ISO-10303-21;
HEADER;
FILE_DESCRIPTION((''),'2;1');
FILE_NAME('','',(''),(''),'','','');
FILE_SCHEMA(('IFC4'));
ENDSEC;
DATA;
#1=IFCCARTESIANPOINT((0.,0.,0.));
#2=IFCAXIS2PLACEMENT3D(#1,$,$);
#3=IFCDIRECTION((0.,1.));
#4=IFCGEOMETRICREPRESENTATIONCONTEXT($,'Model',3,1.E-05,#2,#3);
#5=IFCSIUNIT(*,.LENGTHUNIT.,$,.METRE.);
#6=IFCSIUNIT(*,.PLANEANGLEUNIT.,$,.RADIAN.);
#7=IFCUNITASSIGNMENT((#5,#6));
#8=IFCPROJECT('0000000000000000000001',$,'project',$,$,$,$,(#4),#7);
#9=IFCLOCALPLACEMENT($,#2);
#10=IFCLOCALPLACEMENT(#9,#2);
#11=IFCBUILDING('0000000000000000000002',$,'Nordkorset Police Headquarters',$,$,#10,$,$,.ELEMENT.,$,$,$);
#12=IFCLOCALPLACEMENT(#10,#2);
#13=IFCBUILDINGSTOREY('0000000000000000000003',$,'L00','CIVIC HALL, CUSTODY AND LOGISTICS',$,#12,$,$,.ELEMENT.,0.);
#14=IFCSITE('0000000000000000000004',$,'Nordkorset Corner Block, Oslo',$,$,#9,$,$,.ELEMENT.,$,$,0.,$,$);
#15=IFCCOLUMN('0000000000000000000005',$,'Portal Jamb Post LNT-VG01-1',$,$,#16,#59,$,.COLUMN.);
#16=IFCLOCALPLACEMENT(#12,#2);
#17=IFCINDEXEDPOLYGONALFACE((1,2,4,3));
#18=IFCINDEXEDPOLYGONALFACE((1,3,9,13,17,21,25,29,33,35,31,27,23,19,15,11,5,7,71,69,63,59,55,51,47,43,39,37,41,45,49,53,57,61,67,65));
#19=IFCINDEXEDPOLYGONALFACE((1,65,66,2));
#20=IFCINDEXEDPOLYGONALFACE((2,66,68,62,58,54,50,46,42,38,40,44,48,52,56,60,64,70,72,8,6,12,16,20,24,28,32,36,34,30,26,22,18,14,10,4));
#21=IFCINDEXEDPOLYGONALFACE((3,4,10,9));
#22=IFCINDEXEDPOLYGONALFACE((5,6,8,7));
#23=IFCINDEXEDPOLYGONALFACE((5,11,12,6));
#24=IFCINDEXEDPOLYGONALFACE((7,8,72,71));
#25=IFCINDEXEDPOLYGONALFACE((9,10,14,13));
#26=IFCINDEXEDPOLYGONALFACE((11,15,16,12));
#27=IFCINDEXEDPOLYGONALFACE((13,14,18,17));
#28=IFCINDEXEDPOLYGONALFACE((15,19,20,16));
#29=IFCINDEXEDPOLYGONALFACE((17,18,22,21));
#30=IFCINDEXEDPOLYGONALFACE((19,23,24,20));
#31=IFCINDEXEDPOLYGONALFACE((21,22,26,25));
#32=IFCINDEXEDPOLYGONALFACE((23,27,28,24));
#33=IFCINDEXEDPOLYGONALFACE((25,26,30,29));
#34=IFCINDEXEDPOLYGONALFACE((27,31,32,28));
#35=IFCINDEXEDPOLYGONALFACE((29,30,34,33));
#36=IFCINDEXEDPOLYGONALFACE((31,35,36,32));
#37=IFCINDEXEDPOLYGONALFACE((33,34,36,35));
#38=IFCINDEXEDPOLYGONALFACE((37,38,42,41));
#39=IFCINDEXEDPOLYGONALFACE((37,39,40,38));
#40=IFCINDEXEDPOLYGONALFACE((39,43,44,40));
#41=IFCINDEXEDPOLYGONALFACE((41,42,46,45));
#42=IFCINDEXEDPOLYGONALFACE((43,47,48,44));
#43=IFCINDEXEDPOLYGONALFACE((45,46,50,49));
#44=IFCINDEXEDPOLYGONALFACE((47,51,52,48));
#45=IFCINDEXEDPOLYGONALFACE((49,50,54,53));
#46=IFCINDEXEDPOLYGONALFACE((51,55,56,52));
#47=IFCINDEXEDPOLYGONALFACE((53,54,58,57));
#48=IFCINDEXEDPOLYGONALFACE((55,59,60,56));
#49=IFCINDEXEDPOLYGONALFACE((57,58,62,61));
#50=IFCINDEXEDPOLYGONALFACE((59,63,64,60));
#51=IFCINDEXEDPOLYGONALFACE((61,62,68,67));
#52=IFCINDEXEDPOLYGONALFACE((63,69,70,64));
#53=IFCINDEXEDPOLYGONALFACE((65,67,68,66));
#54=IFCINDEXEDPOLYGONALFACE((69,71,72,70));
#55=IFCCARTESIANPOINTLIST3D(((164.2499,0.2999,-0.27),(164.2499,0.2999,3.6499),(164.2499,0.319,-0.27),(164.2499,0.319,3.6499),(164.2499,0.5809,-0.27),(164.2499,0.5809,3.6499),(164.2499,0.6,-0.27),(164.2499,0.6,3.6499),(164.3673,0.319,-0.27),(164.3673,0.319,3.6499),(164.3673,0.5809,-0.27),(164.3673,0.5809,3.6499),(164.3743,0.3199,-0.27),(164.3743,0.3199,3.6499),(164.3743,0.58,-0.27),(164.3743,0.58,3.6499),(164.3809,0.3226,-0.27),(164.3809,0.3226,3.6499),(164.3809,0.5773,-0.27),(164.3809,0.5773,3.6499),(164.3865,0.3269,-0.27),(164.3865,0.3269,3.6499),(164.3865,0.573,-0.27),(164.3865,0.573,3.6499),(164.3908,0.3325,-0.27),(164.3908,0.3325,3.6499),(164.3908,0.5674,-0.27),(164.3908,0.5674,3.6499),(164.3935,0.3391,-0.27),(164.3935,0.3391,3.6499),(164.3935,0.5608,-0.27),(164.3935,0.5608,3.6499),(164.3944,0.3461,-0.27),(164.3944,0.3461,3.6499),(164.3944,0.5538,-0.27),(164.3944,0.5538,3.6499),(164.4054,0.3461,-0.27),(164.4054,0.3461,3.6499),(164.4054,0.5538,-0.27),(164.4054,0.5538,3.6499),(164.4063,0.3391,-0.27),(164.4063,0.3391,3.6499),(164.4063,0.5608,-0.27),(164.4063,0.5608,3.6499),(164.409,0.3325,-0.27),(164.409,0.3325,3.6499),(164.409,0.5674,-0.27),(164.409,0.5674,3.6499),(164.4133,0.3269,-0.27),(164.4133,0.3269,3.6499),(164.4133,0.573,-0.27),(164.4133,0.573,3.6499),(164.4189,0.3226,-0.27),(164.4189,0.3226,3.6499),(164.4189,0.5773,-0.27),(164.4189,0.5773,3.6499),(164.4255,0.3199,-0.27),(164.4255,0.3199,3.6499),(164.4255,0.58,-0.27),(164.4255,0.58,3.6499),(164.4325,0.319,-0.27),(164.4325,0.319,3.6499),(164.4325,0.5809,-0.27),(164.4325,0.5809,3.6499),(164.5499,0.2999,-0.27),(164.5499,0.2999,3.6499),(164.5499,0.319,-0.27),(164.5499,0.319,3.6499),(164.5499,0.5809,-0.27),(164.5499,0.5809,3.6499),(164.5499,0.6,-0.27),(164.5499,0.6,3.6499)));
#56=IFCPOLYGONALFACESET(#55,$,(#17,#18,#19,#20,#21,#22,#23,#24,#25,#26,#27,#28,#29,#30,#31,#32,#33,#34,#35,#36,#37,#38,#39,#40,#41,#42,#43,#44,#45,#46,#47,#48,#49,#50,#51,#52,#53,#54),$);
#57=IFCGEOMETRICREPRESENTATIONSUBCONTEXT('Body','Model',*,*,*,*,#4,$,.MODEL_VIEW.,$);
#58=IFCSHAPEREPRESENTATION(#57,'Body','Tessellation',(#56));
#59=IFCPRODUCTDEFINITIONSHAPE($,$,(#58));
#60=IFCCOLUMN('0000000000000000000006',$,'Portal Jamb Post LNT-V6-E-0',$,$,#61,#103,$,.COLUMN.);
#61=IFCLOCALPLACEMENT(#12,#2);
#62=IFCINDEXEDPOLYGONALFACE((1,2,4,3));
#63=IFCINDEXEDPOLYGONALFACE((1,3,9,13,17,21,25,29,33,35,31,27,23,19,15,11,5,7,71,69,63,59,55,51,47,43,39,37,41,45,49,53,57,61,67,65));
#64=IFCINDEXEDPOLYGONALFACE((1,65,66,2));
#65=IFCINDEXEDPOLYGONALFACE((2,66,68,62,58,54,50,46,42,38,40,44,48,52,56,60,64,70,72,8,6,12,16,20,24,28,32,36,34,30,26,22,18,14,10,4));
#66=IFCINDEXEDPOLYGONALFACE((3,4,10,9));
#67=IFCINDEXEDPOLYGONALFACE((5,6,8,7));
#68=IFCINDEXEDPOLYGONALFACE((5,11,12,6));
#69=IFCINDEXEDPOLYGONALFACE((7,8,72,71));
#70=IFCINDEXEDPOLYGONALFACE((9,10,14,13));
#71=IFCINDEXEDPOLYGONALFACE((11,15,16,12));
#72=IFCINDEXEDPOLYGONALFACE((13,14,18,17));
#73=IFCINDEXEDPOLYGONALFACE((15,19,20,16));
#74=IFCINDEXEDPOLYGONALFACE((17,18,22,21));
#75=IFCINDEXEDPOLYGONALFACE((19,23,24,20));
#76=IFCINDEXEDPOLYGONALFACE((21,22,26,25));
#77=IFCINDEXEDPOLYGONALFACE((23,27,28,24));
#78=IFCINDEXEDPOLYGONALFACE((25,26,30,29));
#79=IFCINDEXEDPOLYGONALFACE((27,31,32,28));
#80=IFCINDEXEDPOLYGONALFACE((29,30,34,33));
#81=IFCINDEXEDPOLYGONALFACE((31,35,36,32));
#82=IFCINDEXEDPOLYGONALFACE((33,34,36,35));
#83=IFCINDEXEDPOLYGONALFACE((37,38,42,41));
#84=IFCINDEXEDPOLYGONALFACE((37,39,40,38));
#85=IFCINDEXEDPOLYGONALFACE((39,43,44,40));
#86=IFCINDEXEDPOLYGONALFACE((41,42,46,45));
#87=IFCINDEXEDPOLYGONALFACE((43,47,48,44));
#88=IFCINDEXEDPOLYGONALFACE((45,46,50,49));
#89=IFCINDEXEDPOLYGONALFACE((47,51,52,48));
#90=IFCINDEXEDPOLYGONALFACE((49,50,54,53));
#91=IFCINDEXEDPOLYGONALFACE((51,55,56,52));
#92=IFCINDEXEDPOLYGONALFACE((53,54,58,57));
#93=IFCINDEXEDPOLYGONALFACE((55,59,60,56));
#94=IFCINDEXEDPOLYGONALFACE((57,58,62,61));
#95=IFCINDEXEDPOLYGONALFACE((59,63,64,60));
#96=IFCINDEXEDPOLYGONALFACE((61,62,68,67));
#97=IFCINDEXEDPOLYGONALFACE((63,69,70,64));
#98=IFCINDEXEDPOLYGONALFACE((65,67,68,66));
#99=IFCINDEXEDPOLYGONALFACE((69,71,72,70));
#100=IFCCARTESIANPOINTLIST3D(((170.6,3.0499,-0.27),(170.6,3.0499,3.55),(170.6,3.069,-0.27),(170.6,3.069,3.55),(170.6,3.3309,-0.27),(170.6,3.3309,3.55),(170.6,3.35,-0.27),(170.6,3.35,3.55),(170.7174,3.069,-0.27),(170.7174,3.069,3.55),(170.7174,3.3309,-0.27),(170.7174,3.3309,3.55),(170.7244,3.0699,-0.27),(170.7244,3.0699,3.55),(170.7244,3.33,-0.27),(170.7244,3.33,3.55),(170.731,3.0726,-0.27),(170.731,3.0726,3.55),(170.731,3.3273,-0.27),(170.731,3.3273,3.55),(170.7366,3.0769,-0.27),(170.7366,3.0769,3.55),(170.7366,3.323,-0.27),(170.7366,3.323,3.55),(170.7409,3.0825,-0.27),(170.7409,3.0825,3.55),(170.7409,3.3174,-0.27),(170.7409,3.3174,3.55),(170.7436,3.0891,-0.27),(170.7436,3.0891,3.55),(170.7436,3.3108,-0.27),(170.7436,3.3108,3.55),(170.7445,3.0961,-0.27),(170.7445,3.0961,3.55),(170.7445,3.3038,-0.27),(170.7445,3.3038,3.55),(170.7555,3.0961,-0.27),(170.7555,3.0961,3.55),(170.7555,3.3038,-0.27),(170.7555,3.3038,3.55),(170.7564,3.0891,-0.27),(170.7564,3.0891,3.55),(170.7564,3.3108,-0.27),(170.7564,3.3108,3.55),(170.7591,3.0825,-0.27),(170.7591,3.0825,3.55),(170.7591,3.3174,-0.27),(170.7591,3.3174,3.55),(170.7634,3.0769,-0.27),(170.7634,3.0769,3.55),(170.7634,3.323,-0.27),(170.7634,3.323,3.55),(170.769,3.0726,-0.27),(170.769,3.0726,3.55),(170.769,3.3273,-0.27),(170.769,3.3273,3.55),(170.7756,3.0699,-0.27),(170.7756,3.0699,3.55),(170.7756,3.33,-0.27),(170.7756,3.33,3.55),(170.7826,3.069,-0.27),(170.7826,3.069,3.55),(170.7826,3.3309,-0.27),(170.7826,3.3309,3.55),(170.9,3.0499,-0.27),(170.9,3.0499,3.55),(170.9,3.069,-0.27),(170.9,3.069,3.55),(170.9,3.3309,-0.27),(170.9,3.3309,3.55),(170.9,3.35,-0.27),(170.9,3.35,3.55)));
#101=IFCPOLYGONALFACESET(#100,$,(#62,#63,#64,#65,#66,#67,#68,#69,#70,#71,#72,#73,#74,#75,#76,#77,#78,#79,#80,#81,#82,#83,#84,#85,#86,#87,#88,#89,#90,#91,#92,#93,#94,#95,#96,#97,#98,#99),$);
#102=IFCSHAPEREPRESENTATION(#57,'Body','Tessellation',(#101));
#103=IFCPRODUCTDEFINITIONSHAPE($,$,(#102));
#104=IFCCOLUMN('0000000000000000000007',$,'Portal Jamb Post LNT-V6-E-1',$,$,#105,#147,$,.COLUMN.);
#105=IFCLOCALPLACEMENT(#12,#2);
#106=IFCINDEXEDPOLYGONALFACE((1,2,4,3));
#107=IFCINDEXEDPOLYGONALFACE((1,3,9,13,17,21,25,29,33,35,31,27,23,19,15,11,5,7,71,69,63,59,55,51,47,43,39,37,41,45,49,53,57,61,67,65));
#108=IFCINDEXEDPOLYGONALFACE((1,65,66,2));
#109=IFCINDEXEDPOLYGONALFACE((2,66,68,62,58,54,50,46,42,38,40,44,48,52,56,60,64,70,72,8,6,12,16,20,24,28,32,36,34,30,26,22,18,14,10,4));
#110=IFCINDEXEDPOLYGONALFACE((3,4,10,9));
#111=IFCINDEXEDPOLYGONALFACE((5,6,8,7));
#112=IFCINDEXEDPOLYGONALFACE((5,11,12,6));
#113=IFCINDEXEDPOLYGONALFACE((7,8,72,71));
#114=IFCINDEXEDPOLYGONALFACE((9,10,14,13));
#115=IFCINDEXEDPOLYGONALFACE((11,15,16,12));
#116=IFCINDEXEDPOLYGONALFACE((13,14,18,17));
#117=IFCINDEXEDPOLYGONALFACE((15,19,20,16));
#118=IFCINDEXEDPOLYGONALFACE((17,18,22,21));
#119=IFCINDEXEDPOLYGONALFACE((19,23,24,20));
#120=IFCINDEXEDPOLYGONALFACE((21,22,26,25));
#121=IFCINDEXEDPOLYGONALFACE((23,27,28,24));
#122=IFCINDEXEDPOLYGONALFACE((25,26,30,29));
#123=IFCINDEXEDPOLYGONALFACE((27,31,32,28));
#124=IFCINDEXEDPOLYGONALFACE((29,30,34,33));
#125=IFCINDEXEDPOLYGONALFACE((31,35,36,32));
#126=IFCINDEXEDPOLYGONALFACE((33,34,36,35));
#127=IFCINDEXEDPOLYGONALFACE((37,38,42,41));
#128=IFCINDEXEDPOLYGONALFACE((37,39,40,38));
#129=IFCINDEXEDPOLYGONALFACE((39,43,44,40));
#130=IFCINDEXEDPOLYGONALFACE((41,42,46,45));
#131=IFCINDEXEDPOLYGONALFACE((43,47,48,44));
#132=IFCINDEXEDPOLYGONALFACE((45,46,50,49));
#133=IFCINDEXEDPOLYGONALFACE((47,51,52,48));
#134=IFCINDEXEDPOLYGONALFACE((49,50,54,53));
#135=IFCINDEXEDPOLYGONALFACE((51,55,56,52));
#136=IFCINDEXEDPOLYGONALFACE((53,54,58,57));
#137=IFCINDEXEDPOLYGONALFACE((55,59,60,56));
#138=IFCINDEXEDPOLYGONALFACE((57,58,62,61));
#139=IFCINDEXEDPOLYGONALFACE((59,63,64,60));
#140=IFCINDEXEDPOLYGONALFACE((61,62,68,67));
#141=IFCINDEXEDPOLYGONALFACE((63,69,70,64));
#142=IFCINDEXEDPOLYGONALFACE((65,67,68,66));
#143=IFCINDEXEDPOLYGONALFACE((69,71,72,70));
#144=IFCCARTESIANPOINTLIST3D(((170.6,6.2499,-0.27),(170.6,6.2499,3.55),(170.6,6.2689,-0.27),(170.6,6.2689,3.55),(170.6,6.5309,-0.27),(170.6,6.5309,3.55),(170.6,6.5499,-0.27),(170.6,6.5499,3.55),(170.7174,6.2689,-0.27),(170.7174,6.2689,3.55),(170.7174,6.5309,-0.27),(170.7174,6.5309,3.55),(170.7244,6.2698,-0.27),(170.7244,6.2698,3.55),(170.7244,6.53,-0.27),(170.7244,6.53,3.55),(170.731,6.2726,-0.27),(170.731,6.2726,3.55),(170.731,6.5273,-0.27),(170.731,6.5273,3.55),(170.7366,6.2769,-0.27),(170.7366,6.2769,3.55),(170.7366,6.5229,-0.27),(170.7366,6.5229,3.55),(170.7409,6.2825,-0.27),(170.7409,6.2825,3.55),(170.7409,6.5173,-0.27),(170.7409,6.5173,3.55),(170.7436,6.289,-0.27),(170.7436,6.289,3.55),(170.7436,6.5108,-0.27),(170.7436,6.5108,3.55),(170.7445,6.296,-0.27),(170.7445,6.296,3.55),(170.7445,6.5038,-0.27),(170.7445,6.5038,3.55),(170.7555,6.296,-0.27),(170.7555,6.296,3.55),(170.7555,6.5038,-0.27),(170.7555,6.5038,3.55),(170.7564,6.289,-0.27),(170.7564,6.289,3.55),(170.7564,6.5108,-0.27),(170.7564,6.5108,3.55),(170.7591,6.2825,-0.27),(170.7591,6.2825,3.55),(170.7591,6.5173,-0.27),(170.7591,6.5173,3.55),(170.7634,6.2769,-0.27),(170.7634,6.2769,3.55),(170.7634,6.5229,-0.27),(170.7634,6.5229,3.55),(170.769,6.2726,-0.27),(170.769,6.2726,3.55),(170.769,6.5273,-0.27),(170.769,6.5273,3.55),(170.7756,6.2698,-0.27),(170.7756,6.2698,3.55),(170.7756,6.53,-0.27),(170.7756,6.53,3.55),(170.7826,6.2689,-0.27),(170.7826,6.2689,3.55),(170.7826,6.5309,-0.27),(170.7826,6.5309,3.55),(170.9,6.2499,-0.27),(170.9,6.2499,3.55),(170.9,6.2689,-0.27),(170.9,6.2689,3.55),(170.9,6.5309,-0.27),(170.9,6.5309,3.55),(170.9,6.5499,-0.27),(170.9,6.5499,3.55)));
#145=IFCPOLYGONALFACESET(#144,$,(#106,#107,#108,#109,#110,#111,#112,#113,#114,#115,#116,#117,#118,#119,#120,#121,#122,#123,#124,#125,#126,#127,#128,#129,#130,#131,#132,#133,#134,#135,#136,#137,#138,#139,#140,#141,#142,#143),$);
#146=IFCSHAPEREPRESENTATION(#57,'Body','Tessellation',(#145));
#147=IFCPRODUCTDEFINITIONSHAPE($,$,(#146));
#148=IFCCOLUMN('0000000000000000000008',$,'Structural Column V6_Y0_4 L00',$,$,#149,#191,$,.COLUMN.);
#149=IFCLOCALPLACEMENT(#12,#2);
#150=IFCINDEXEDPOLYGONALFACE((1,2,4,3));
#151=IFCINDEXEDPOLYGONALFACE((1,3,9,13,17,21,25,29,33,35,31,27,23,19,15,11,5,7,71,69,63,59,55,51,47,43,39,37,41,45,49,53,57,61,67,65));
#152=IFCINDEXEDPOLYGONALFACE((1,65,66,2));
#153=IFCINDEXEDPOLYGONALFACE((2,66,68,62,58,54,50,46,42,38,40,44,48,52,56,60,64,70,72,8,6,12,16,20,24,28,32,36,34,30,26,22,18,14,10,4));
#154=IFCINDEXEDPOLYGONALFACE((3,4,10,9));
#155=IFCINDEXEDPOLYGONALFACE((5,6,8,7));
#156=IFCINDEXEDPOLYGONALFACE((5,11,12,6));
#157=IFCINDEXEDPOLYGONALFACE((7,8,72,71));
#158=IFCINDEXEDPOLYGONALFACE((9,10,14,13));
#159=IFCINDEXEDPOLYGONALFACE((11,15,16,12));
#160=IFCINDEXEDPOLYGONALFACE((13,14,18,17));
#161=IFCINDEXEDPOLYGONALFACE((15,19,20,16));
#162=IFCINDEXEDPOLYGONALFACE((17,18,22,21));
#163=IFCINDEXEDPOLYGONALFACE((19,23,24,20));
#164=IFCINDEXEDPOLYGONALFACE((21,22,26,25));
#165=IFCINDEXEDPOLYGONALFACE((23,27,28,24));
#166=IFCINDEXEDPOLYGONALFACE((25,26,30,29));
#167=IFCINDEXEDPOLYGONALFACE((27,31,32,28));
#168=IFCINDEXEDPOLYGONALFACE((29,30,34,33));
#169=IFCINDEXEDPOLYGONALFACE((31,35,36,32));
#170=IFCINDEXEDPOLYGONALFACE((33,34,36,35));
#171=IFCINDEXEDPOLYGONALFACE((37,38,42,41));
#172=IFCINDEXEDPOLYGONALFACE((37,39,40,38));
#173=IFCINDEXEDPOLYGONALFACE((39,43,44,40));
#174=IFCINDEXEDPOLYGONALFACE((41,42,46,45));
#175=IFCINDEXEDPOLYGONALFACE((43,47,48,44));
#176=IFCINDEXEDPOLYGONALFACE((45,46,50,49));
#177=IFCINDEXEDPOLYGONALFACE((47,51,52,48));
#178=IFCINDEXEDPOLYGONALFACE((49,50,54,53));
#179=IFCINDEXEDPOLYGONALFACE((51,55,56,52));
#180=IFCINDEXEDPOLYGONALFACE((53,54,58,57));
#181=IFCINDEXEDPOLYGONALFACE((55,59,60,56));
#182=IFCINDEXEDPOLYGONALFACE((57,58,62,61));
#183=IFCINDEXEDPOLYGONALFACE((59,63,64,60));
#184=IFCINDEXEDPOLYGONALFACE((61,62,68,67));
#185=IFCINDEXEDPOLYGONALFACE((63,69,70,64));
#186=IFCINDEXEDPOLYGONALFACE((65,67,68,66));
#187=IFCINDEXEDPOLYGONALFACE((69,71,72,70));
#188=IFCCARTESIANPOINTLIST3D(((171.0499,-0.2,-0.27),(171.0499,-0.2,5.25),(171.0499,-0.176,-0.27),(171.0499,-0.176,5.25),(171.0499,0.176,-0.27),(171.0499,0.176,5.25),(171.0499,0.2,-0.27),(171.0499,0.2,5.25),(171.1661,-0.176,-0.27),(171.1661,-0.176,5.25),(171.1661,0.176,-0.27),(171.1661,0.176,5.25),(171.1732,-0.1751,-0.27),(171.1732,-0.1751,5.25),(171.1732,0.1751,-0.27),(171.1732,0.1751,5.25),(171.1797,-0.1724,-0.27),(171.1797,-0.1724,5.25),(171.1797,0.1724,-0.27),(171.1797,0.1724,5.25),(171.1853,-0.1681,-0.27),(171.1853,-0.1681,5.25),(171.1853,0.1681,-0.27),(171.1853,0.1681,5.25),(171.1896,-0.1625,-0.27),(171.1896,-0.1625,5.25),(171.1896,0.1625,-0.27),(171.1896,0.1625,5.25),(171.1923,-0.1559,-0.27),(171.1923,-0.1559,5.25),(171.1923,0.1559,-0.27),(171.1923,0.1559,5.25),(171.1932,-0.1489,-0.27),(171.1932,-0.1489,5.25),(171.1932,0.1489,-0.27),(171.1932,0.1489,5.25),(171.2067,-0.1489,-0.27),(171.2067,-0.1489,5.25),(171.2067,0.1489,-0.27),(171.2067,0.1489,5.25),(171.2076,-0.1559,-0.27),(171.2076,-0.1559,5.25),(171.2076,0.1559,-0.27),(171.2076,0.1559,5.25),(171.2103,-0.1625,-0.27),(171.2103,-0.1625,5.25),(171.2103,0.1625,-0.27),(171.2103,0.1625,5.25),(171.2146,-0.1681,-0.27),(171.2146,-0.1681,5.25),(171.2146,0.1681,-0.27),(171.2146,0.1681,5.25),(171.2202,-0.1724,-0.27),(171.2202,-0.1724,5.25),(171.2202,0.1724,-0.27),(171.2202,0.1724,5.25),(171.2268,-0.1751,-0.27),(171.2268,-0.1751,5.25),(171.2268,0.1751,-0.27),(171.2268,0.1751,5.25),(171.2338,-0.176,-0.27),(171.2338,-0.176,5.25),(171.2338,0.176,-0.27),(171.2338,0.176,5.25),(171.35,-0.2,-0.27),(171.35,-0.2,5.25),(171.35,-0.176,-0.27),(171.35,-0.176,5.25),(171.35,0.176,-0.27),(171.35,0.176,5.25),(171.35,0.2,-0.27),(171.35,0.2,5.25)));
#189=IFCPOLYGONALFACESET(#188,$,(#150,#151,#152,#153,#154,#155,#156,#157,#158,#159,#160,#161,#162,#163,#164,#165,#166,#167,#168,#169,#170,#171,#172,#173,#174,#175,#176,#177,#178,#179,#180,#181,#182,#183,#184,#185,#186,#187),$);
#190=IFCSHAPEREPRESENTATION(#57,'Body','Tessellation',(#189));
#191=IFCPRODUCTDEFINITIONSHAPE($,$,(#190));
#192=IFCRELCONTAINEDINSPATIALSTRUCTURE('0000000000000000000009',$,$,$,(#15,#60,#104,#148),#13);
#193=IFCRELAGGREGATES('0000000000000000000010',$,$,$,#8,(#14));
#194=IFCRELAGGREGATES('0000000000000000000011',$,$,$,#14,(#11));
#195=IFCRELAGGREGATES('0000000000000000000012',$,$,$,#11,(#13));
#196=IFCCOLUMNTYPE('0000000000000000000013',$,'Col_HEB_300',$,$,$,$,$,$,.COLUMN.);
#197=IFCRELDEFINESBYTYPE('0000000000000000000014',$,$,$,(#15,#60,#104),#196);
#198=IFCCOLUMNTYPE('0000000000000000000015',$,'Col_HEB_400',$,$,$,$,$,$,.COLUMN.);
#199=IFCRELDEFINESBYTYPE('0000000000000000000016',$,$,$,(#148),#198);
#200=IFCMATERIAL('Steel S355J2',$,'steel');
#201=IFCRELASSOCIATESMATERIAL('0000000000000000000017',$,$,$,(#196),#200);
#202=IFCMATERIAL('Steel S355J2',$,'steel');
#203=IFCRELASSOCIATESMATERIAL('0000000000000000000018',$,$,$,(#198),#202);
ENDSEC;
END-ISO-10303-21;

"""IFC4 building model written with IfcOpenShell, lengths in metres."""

from ifc_helpers import new_model, si_unit, direction, frame, origin, origin_2d, place, context, subcontext, project, spatial, i_section, extrude, material, material_profile, profile_set, type_object, element, save


model = new_model("IFC4")

# Units and contexts
model_context = context("Model", 3, precision=1e-05, world=origin(), true_north=direction((0.0, 1.0)))
body_context = subcontext(model_context, "Body", "Model", "MODEL_VIEW")
ifc_project = project(units=[si_unit("LENGTHUNIT", "METRE"), si_unit("PLANEANGLEUNIT", "RADIAN")], contexts=[model_context])

# Site, building, storey
site_placement = place(None, origin())
site = spatial("IfcSite", under=ifc_project, at=site_placement, Name="Nordkorset Corner Block, Oslo", CompositionType="ELEMENT", RefElevation=0.0)
building_placement = place(site_placement, origin())
building = spatial("IfcBuilding", under=site, at=building_placement, Name="Nordkorset Police Headquarters", CompositionType="ELEMENT")
storey_placement = place(building_placement, origin())
storey = spatial("IfcBuildingStorey", under=building, at=storey_placement, Name="L00", Description="CIVIC HALL, CUSTODY AND LOGISTICS", CompositionType="ELEMENT", Elevation=0.0)

# Columns
ifc_material_1 = material(Name="Steel S355J2", Category="steel")
ifc_material_profile_1 = material_profile(ifc_material_1, i_section(OverallWidth=0.3, OverallDepth=0.3, WebThickness=0.011, FlangeThickness=0.019, FilletRadius=0.0271, at=origin_2d()), Name="HEB 300")
ifc_profile_set_1 = profile_set([ifc_material_profile_1], Name="Steel S355J2")
column_type_1 = type_object("IfcColumnType", Name="Col_HEB_300", PredefinedType="COLUMN", material=ifc_profile_set_1)
for number, where, z_axis, x_axis, name in (
    (1, (164.3999, 0.45, -0.27), (0.0, 0.0, 1.0), (1.0, 0.0, 0.0), "Portal Jamb Post LNT-VG01-1"),
):
    element("IfcColumn", number, at=place(storey_placement, frame(where, z_axis=z_axis, x_axis=x_axis)), inside=storey, type_object=column_type_1, Name=name, PredefinedType="COLUMN", context=body_context, shape_type="SweptSolid", body=[
        extrude(i_section(OverallWidth=0.3, OverallDepth=0.3, WebThickness=0.011, FlangeThickness=0.019, FilletRadius=0.0271, at=origin_2d()), origin(), (0.0, 0.0, 1.0), 3.9199),
    ])
for number, where, z_axis, x_axis, name in (
    (2, (170.75, 3.2, -0.27), (0.0, 0.0, 1.0), (1.0, 0.0, 0.0), "Portal Jamb Post LNT-V6-E-0"),
    (3, (170.75, 6.3999, -0.27), (0.0, 0.0, 1.0), (1.0, 0.0, 0.0), "Portal Jamb Post LNT-V6-E-1"),
):
    element("IfcColumn", number, at=place(storey_placement, frame(where, z_axis=z_axis, x_axis=x_axis)), inside=storey, type_object=column_type_1, Name=name, PredefinedType="COLUMN", context=body_context, shape_type="SweptSolid", body=[
        extrude(i_section(OverallWidth=0.3, OverallDepth=0.3, WebThickness=0.011, FlangeThickness=0.019, FilletRadius=0.0271, at=origin_2d()), origin(), (0.0, 0.0, 1.0), 3.8201),
    ])
ifc_material_2 = material(Name="Steel S355J2", Category="steel")
ifc_material_profile_2 = material_profile(ifc_material_2, i_section(OverallWidth=0.3, OverallDepth=0.3999, WebThickness=0.0134, FlangeThickness=0.0239, FilletRadius=0.0271, at=origin_2d()), Name="HEB 400")
ifc_profile_set_2 = profile_set([ifc_material_profile_2], Name="Steel S355J2")
column_type_2 = type_object("IfcColumnType", Name="Col_HEB_400", PredefinedType="COLUMN", material=ifc_profile_set_2)
column_placement = place(storey_placement, frame((171.2, 0.0, -0.27), z_axis=(0.0, 0.0, 1.0), x_axis=(1.0, 0.0, 0.0)))
element("IfcColumn", 4, at=column_placement, inside=storey, type_object=column_type_2, Name="Structural Column V6_Y0_4 L00", PredefinedType="COLUMN", context=body_context, shape_type="SweptSolid", body=[
    extrude(i_section(OverallWidth=0.3, OverallDepth=0.3999, WebThickness=0.0134, FlangeThickness=0.0239, FilletRadius=0.0271, at=origin_2d()), origin(), (0.0, 0.0, 1.0), 5.52),
])

save(model, "model.ifc")
